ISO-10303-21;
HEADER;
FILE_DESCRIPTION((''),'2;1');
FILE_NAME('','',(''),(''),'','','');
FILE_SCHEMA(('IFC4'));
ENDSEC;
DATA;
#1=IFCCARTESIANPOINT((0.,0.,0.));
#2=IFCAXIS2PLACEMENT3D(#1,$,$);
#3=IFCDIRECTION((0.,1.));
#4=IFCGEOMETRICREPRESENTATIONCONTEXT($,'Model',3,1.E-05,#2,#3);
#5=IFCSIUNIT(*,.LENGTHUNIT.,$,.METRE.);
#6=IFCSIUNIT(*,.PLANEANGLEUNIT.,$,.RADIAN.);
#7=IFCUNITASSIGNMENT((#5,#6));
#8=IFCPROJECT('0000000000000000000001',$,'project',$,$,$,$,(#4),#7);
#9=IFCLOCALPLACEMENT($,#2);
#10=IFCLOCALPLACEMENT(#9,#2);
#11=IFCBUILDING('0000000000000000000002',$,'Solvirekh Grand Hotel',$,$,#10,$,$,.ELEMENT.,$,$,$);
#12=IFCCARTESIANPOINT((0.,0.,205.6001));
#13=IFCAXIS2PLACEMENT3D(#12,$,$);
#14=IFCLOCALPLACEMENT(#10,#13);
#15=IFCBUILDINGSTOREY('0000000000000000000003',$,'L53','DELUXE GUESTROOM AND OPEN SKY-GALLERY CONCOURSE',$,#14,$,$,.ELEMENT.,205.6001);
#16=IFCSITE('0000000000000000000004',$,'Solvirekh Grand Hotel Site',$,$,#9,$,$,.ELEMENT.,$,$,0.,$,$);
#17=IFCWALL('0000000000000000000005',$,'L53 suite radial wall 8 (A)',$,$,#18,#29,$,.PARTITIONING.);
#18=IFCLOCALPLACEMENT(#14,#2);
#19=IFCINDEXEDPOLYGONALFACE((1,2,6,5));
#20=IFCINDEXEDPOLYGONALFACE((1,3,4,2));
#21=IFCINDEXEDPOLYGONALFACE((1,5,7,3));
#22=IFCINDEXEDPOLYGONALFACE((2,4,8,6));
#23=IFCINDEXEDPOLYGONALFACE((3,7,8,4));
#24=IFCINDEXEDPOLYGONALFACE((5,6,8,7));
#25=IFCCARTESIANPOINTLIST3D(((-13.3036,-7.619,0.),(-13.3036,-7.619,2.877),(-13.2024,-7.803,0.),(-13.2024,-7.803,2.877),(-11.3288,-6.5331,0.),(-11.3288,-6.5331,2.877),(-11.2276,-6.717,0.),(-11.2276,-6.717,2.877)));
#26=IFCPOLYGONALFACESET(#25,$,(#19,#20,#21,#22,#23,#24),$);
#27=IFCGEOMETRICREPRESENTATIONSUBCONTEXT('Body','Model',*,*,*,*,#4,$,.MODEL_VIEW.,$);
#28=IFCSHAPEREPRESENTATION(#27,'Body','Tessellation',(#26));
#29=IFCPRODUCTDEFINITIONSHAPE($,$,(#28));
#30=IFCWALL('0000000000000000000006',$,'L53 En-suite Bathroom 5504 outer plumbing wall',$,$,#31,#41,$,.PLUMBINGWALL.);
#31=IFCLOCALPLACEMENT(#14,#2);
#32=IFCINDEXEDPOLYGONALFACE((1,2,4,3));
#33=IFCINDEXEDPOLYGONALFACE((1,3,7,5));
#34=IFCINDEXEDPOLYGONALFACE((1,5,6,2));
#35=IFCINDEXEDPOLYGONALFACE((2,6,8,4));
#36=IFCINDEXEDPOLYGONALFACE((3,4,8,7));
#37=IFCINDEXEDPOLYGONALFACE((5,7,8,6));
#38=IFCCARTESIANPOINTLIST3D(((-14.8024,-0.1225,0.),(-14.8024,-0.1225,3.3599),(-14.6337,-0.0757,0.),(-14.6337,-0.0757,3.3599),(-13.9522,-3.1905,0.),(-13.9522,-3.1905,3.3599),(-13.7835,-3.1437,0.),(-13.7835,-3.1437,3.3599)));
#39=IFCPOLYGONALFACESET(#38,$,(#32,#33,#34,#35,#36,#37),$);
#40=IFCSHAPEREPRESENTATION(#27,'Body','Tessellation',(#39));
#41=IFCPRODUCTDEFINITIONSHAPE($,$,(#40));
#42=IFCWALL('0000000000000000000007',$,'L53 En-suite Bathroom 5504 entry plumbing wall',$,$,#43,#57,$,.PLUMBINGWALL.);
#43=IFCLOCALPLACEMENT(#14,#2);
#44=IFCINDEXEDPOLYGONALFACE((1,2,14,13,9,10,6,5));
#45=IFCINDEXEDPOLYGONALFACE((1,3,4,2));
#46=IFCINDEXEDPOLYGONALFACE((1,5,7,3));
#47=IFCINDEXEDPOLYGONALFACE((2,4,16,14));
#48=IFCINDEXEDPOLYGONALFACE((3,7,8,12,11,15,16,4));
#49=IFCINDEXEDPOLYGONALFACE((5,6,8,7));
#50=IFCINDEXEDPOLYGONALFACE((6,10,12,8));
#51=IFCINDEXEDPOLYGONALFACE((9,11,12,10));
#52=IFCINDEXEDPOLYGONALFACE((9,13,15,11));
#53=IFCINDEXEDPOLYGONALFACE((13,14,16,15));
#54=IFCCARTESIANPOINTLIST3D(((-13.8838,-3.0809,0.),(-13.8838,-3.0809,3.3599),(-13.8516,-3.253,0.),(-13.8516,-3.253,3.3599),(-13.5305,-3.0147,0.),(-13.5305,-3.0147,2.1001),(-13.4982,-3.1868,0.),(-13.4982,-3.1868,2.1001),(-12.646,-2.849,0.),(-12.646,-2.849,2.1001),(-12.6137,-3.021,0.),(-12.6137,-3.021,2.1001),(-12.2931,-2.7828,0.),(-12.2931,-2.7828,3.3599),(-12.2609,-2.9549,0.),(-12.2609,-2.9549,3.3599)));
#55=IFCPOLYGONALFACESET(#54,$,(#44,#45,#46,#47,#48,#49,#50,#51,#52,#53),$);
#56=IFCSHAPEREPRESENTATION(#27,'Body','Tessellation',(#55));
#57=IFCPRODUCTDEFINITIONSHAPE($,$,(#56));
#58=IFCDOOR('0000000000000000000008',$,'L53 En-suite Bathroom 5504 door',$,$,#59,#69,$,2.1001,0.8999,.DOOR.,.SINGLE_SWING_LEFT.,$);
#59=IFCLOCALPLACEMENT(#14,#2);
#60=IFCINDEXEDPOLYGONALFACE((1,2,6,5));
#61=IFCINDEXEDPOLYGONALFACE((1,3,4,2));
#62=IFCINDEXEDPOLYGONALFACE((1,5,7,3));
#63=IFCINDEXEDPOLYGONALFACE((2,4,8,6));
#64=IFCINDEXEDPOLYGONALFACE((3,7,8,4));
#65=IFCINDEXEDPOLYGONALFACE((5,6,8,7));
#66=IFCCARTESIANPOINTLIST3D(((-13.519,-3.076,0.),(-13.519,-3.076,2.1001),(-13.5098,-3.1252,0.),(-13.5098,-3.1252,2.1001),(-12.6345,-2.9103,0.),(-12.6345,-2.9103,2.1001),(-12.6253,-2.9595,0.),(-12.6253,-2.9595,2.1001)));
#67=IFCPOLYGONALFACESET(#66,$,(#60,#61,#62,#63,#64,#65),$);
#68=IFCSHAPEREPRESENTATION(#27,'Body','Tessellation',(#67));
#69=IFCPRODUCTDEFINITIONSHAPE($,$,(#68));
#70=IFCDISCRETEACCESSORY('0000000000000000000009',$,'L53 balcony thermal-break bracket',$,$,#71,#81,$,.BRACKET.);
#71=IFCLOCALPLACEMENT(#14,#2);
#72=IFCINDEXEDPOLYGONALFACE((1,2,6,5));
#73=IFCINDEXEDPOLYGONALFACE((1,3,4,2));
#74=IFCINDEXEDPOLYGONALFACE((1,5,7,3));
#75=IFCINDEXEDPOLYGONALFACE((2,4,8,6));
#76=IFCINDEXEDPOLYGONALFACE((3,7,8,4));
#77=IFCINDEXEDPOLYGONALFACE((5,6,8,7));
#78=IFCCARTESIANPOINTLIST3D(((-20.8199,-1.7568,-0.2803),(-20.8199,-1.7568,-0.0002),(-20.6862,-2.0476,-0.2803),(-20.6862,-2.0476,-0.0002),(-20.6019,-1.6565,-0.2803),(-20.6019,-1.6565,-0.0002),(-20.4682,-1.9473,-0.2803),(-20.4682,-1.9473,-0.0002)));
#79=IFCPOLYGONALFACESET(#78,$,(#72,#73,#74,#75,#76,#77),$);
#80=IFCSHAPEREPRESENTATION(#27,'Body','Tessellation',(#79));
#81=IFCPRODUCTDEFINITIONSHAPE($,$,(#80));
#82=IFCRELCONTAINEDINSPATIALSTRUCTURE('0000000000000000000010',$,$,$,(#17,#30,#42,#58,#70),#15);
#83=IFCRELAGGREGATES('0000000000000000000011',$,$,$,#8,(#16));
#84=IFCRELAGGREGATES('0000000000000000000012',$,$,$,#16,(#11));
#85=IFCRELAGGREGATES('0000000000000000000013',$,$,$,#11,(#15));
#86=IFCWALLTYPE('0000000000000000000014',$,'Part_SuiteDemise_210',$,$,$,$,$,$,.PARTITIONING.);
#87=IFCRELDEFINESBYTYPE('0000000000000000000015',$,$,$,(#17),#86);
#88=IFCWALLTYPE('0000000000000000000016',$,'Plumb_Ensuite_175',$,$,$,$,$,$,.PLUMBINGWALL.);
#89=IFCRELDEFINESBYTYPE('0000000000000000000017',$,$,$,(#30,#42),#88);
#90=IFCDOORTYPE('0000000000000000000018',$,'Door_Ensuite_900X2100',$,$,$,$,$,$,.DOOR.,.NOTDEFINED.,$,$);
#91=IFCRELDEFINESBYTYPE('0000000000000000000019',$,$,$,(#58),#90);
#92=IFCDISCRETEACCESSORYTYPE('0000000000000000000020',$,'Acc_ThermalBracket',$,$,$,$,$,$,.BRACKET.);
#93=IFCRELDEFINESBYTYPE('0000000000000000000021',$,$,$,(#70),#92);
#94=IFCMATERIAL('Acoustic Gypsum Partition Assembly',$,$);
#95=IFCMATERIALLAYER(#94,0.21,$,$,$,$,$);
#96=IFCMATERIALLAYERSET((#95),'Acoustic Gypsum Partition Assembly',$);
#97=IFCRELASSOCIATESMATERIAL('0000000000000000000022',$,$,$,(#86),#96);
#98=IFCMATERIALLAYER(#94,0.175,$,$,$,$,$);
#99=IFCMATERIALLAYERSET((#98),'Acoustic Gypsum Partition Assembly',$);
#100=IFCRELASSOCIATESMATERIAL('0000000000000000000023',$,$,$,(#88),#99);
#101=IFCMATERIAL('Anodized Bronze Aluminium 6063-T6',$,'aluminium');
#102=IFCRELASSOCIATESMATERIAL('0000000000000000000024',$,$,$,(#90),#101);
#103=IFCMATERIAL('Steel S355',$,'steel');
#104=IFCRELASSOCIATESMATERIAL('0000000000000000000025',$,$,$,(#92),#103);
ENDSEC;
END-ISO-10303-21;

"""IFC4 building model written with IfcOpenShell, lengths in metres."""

from ifc_helpers import new_model, si_unit, direction, frame, frame_2d, origin, origin_2d, place, context, subcontext, project, spatial, rectangle, extrude, material, layer, layer_set, type_object, element, fill, save


model = new_model("IFC4")

# Units and contexts
model_context = context("Model", 3, precision=1e-05, world=origin(), true_north=direction((0.0, 1.0)))
body_context = subcontext(model_context, "Body", "Model", "MODEL_VIEW")
ifc_project = project(units=[si_unit("LENGTHUNIT", "METRE"), si_unit("PLANEANGLEUNIT", "RADIAN")], contexts=[model_context])

# Site, building, storey
site_placement = place(None, origin())
site = spatial("IfcSite", under=ifc_project, at=site_placement, Name="Solvirekh Grand Hotel Site", CompositionType="ELEMENT", RefElevation=0.0)
building_placement = place(site_placement, origin())
building = spatial("IfcBuilding", under=site, at=building_placement, Name="Solvirekh Grand Hotel", CompositionType="ELEMENT")
storey_placement = place(building_placement, frame((0.0, 0.0, 205.6001)))
storey = spatial("IfcBuildingStorey", under=building, at=storey_placement, Name="L53", Description="DELUXE GUESTROOM AND OPEN SKY-GALLERY CONCOURSE", CompositionType="ELEMENT", Elevation=205.6001)

# Shared definitions
ifc_material_1 = material(Name="Steel S355", Category="steel")

# Shared definitions
ifc_material_2 = material(Name="Acoustic Gypsum Partition Assembly")

# Shared definitions
ifc_material_3 = material(Name="Anodized Bronze Aluminium 6063-T6", Category="aluminium")

# Walls
ifc_layer_1 = layer(ifc_material_2, 0.21)
ifc_layer_set_1 = layer_set([ifc_layer_1], Name="Acoustic Gypsum Partition Assembly")
wall_type_1 = type_object("IfcWallType", Name="Part_SuiteDemise_210", PredefinedType="PARTITIONING", material=ifc_layer_set_1)
wall_1_placement = place(storey_placement, frame((-11.2781, -6.625, 0.0), z_axis=(0.0, 0.0, 1.0), x_axis=(-0.876259, -0.48184, 0.0)))
element("IfcWall", 1, at=wall_1_placement, inside=storey, type_object=wall_type_1, Name="L53 suite radial wall 8 (A)", PredefinedType="PARTITIONING", context=body_context, shape_type="SweptSolid", body=[
    extrude(rectangle(XDim=2.2537, YDim=0.21, at=frame_2d((1.127, 0.0))), origin(), (0.0, 0.0, 1.0), 2.877),
])
ifc_layer_2 = layer(ifc_material_2, 0.175)
ifc_layer_set_2 = layer_set([ifc_layer_2], Name="Acoustic Gypsum Partition Assembly")
wall_type_2 = type_object("IfcWallType", Name="Plumb_Ensuite_175", PredefinedType="PLUMBINGWALL", material=ifc_layer_set_2)
wall_2_placement = place(storey_placement, frame((-14.718, -0.0991, 0.0), z_axis=(0.0, 0.0, 1.0), x_axis=(0.267035, -0.963687, 0.0)))
element("IfcWall", 2, at=wall_2_placement, inside=storey, type_object=wall_type_2, Name="L53 En-suite Bathroom 5504 outer plumbing wall", PredefinedType="PLUMBINGWALL", context=body_context, shape_type="SweptSolid", body=[
    extrude(rectangle(XDim=3.1836, YDim=0.175, at=frame_2d((1.5918, 0.0))), origin(), (0.0, 0.0, 1.0), 3.3599),
])

# Wall, opening, door
wall_3_placement = place(storey_placement, frame((-12.2771, -2.8689, 0.0), z_axis=(0.0, 0.0, 1.0), x_axis=(-0.982893, -0.184179, 0.0)))
wall_3 = element("IfcWall", 3, at=wall_3_placement, inside=storey, type_object=wall_type_2, Name="L53 En-suite Bathroom 5504 entry plumbing wall", PredefinedType="PLUMBINGWALL", context=body_context, shape_type="SweptSolid", body=[
    extrude(rectangle(XDim=1.6184, YDim=0.175, at=frame_2d((0.8091, 0.0))), origin(), (0.0, 0.0, 1.0), 3.3599),
])
opening_1_placement = place(wall_3_placement, frame((0.3589, 0.0, 0.0)))
opening_1 = element("IfcOpeningElement", 4, at=opening_1_placement, cuts=wall_3, PredefinedType="OPENING", context=body_context, shape_type="SweptSolid", body=[
    extrude(rectangle(XDim=0.8999, YDim=2.1001, at=frame_2d((0.45, 1.05))), frame((0.0, 0.0977, 0.0), z_axis=(0.0, -1.0, 0.0), x_axis=(1.0, 0.0, 0.0)), (0.0, 0.0, 1.0), 0.1951),
])
door_type_1 = type_object("IfcDoorType", Name="Door_Ensuite_900X2100", OperationType="NOTDEFINED", PredefinedType="DOOR", material=ifc_material_3)
door_1_placement = place(opening_1_placement, origin())
door_1 = element("IfcDoor", 5, at=door_1_placement, inside=storey, type_object=door_type_1, Name="L53 En-suite Bathroom 5504 door", OperationType="SINGLE_SWING_LEFT", OverallHeight=2.1001, OverallWidth=0.8999, PredefinedType="DOOR", context=body_context, shape_type="SweptSolid", body=[
    extrude(rectangle(XDim=0.8999, YDim=2.1001, at=frame_2d((0.45, 1.05))), frame((0.0, 0.0249, 0.0), z_axis=(0.0, -1.0, 0.0), x_axis=(1.0, 0.0, 0.0)), (0.0, 0.0, 1.0), 0.05),
])
fill(opening_1, door_1)

# Discrete accessory
discrete_accessory_type = type_object("IfcDiscreteAccessoryType", Name="Acc_ThermalBracket", PredefinedType="BRACKET", material=ifc_material_1)
discrete_accessory_placement = place(storey_placement, frame((-20.644, -1.8521, -0.2803), z_axis=(0.0, 0.0, 1.0), x_axis=(0.417867, -0.908508, 0.0)))
element("IfcDiscreteAccessory", 6, at=discrete_accessory_placement, inside=storey, type_object=discrete_accessory_type, Name="L53 balcony thermal-break bracket", PredefinedType="BRACKET", context=body_context, shape_type="SweptSolid", body=[
    extrude(rectangle(XDim=0.3201, YDim=0.24, at=origin_2d()), origin(), (0.0, 0.0, 1.0), 0.28),
])

save(model, "model.ifc")
